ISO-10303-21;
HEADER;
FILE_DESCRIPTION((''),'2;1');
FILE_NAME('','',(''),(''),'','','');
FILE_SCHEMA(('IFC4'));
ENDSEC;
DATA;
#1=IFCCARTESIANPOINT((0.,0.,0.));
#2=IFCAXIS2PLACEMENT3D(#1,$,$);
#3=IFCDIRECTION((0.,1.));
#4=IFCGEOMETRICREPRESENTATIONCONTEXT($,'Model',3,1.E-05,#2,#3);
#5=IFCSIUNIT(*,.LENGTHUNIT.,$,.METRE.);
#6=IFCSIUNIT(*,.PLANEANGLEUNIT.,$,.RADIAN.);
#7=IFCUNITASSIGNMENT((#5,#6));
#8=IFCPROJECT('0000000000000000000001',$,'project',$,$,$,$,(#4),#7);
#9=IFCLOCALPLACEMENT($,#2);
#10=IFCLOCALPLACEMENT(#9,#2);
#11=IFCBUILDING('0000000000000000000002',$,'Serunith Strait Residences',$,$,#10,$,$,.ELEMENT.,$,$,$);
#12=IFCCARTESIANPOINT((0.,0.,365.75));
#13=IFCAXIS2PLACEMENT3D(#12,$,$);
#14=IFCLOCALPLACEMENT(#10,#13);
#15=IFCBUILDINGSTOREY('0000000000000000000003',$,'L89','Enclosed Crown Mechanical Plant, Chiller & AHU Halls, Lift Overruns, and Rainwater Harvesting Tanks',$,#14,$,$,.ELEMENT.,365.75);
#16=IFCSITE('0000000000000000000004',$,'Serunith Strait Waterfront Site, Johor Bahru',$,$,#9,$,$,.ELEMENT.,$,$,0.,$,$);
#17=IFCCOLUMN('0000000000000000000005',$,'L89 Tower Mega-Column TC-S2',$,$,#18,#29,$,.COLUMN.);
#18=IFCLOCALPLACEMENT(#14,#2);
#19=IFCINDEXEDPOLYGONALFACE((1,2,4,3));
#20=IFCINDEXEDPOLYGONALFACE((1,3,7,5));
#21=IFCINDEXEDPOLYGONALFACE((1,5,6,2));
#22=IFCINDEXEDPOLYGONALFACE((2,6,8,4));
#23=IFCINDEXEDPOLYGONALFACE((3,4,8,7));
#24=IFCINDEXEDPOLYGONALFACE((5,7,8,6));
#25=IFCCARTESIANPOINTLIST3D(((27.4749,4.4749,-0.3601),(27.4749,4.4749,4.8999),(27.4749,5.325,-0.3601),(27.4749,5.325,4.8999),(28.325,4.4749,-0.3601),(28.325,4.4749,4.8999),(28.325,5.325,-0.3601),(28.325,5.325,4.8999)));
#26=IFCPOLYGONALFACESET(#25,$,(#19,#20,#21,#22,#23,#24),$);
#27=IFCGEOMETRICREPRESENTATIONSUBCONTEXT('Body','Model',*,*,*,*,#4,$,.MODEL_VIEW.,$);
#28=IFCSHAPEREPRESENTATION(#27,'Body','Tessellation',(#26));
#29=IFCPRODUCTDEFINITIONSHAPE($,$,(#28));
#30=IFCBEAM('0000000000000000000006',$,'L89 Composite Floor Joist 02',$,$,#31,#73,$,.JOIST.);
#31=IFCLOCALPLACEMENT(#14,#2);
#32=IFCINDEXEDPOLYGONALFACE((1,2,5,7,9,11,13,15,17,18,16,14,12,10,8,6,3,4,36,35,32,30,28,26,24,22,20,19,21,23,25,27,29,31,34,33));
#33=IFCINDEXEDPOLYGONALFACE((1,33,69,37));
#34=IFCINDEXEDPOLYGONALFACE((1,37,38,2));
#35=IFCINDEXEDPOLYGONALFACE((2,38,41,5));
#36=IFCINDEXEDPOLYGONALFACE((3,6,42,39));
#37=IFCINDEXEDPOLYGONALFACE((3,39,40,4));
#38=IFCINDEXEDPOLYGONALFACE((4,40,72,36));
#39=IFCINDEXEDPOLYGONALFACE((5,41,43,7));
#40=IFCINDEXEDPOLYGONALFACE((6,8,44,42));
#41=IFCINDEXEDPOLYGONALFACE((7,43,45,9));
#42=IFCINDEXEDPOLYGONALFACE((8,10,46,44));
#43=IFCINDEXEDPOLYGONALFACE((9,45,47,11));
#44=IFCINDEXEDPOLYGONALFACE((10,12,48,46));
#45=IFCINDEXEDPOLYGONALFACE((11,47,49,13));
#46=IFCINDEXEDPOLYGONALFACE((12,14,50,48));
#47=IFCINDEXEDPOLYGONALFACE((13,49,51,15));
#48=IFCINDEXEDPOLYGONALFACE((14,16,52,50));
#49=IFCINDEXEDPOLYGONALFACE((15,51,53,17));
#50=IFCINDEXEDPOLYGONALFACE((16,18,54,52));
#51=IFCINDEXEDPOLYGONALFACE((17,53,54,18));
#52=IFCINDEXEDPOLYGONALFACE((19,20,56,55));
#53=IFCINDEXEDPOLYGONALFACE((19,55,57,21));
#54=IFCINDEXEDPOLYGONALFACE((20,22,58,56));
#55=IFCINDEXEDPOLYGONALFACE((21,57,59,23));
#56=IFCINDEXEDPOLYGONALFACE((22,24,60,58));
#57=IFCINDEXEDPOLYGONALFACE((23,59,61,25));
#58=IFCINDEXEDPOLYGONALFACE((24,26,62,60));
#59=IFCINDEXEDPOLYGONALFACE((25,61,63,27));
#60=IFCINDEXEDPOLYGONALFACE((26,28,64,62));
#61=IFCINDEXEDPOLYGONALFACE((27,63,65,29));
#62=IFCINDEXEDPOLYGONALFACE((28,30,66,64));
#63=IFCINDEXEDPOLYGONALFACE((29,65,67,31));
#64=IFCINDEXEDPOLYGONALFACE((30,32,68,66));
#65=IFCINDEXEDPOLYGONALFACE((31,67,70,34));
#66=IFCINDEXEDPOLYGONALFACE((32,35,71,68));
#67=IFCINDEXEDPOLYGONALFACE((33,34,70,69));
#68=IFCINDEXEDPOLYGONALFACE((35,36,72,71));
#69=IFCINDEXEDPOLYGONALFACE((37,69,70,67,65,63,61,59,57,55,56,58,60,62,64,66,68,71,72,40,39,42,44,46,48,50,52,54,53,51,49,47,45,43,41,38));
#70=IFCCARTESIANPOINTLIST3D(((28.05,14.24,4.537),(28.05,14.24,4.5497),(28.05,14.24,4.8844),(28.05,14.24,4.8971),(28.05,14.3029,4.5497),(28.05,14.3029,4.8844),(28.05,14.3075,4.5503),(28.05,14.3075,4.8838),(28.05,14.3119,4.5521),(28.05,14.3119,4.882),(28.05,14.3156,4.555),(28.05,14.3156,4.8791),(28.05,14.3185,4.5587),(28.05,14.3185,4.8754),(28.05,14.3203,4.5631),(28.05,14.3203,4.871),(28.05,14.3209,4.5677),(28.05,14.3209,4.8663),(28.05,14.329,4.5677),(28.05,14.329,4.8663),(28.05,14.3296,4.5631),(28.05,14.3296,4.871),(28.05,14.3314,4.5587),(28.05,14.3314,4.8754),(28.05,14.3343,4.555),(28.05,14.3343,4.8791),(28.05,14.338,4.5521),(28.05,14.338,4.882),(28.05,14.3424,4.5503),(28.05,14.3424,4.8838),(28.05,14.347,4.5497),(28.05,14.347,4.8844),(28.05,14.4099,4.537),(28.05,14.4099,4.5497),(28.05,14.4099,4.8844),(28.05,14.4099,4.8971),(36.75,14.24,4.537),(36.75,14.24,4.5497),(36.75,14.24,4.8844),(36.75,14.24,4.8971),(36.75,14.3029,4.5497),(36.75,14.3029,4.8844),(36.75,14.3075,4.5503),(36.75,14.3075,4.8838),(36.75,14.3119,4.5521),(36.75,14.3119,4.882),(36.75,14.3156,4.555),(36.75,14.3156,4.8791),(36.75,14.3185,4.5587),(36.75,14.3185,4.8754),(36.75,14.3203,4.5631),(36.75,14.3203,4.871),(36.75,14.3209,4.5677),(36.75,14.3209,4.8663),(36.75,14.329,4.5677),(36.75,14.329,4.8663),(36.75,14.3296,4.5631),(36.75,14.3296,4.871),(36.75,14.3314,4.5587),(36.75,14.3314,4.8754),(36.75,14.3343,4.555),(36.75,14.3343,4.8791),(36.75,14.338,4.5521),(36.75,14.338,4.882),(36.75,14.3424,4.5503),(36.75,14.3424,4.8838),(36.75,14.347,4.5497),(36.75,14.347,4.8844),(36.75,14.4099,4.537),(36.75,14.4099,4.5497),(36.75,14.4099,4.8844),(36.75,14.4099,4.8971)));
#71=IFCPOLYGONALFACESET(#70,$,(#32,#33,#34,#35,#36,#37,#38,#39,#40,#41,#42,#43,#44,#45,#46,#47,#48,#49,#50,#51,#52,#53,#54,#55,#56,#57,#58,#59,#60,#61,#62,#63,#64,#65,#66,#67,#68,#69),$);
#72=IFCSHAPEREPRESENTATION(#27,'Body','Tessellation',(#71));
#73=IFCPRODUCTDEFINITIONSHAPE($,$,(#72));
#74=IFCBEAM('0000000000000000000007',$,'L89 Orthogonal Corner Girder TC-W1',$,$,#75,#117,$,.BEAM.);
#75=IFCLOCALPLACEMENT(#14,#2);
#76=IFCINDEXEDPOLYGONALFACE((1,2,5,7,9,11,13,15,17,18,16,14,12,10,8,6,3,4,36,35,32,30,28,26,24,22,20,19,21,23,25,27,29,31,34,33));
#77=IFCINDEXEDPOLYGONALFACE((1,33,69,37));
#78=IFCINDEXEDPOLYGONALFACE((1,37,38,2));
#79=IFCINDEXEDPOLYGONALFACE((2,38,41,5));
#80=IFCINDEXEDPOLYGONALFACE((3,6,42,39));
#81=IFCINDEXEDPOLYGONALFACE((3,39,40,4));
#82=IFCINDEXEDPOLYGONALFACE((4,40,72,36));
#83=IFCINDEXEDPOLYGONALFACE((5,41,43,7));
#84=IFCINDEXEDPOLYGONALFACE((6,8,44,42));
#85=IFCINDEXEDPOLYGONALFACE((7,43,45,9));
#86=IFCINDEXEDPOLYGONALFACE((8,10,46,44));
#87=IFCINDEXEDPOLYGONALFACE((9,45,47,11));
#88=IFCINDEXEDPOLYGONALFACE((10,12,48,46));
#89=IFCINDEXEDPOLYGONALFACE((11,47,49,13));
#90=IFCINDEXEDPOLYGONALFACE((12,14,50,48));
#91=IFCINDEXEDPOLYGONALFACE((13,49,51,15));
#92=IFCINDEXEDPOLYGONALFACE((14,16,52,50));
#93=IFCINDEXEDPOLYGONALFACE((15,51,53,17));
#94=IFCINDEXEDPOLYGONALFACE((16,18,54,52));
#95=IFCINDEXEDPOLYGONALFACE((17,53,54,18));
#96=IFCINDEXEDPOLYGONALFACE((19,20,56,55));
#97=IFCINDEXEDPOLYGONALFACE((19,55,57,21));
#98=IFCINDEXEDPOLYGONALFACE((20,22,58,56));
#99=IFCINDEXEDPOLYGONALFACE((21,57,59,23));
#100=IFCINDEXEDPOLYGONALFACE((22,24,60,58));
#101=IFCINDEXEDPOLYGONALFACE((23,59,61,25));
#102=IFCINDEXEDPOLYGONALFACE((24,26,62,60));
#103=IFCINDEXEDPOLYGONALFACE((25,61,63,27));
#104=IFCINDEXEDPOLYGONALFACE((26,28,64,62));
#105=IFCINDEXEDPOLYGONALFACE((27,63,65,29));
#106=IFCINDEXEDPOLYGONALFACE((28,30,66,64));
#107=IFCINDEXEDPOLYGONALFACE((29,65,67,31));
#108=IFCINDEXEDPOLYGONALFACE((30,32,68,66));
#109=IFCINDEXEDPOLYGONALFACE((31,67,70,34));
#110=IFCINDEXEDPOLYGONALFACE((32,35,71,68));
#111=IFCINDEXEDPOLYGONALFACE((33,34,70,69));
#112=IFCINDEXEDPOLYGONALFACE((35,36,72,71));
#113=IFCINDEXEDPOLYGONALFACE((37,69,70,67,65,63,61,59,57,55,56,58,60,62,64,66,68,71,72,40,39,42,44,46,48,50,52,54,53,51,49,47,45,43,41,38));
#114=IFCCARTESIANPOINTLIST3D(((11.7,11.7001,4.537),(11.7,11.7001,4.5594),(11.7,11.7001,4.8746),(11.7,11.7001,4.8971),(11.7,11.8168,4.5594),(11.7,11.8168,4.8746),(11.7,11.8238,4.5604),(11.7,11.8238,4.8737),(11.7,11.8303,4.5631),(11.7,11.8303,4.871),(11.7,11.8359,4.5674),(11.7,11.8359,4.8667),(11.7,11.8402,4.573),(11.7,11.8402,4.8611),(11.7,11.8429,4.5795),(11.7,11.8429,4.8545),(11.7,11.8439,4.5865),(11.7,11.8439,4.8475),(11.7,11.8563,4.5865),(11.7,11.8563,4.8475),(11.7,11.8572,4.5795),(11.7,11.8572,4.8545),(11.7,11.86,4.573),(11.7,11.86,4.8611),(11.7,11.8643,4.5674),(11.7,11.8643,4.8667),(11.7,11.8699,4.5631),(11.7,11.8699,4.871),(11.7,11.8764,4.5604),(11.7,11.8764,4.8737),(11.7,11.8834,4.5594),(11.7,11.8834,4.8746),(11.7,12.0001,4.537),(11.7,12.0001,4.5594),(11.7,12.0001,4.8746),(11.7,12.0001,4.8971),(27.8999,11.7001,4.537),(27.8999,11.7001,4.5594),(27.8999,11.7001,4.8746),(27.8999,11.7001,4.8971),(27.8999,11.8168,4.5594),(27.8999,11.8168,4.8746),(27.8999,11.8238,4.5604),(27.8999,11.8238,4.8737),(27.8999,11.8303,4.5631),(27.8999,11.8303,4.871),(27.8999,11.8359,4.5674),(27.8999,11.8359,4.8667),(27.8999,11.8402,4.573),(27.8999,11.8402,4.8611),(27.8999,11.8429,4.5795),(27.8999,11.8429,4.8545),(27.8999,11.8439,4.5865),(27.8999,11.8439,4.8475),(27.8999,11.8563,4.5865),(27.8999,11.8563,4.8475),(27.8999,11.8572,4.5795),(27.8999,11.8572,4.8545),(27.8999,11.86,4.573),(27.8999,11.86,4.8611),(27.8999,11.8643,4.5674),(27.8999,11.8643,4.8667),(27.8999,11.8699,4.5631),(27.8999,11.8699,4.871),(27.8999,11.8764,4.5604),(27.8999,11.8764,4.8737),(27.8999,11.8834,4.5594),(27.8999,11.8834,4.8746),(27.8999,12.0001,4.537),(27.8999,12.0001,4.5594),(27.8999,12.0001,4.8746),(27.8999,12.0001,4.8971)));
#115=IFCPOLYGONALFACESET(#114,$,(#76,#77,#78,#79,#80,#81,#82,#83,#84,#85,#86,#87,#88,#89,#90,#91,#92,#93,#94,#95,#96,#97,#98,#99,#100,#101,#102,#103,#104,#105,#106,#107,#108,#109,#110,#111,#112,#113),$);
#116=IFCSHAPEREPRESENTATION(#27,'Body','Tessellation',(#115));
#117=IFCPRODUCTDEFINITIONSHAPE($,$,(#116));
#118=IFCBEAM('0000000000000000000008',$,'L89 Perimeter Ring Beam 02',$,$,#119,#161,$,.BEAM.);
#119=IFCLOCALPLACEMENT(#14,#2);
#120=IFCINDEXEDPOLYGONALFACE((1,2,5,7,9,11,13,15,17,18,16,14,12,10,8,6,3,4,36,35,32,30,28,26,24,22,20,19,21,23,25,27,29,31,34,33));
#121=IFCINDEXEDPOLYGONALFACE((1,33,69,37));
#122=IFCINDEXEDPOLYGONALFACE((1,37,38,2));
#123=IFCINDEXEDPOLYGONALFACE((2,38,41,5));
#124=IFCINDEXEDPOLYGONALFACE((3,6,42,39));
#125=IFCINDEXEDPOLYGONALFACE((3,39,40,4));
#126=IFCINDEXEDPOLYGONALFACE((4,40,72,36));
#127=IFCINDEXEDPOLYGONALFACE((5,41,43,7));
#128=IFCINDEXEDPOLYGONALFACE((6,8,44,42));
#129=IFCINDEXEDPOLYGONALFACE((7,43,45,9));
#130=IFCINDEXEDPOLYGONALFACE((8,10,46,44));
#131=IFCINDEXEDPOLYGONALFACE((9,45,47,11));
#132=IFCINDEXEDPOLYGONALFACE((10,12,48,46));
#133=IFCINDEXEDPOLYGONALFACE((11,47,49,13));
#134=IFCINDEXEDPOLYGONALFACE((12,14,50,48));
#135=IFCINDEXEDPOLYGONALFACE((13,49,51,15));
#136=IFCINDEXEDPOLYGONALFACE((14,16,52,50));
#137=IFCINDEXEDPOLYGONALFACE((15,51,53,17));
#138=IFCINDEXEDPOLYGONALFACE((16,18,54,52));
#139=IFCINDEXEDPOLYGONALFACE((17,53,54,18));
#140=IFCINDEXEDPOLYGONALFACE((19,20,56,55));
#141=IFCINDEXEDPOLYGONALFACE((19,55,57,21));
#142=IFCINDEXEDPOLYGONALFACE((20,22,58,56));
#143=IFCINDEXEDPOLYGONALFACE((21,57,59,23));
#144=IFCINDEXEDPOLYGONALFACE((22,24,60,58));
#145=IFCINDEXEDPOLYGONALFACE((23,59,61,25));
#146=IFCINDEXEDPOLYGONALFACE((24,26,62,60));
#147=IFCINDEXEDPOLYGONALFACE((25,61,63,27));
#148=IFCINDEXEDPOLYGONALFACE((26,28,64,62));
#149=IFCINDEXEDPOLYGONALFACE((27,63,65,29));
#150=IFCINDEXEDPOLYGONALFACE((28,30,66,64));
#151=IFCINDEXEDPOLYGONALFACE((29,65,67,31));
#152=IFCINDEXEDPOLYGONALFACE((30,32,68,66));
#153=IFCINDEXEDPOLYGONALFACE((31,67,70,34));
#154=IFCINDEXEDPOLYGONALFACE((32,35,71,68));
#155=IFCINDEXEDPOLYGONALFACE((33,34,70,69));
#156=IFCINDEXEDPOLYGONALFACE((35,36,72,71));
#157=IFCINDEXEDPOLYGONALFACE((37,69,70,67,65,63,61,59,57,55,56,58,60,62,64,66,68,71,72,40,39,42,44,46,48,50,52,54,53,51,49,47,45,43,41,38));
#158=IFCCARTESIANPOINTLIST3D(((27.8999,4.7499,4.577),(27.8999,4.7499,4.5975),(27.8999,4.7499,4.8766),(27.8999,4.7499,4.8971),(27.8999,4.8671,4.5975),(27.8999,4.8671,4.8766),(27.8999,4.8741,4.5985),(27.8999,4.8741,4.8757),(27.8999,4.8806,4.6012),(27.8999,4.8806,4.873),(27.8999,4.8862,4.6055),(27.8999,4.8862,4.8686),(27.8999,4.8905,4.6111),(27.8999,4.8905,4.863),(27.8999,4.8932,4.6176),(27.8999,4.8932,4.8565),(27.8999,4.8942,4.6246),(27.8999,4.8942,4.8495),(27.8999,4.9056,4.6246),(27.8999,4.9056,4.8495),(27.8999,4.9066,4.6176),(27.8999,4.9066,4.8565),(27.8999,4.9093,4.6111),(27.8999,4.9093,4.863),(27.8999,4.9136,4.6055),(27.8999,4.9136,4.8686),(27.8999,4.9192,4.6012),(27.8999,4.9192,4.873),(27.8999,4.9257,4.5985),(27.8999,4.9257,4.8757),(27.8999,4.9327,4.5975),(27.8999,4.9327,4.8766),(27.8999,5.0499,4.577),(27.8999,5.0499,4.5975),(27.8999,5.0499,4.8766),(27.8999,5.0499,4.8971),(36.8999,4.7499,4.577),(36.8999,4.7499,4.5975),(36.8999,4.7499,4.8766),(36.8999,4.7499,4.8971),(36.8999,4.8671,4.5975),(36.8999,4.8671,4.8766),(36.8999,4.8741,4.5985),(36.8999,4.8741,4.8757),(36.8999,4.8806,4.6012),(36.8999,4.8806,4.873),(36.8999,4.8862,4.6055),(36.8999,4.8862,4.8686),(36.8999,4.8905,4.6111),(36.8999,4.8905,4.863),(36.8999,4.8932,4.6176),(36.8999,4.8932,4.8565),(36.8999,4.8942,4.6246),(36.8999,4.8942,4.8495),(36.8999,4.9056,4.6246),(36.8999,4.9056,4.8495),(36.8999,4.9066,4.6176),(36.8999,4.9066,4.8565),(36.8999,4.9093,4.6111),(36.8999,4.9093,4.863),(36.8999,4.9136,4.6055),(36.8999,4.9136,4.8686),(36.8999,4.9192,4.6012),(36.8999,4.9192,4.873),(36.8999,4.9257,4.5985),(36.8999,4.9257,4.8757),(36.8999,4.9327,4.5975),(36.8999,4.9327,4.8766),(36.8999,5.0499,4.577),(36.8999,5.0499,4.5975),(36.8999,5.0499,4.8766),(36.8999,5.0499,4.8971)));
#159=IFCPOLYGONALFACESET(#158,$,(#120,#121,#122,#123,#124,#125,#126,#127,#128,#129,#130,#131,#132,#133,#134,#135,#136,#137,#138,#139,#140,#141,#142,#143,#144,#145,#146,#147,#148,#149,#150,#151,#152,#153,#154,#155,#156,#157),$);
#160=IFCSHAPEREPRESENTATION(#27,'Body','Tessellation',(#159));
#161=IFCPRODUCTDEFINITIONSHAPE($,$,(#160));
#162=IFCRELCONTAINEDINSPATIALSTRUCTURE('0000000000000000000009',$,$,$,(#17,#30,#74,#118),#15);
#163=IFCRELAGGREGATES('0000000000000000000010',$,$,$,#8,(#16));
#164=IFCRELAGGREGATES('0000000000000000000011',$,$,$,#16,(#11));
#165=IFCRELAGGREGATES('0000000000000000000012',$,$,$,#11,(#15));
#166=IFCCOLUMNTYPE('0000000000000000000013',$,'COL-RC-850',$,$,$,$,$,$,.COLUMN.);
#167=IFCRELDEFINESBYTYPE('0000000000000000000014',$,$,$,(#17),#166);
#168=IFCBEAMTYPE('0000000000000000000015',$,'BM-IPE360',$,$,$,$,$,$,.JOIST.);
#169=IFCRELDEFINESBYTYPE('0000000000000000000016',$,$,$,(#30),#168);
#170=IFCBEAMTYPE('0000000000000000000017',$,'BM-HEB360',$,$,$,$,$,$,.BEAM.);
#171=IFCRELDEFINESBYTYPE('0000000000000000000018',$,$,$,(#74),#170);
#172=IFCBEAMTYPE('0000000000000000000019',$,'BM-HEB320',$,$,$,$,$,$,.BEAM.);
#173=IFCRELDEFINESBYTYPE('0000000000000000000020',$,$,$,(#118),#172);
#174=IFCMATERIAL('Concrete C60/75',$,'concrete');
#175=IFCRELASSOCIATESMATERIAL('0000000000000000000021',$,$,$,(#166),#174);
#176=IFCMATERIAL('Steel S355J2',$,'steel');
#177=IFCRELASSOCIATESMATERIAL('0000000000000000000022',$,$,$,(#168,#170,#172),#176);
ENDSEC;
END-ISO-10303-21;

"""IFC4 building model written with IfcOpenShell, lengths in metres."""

from ifc_helpers import new_model, si_unit, direction, frame, origin, origin_2d, place, context, subcontext, project, spatial, rectangle, i_section, extrude, source, transform, mapped, material, material_profile, profile_set, type_object, element, save


model = new_model("IFC4")

# Units and contexts
model_context = context("Model", 3, precision=1e-05, world=origin(), true_north=direction((0.0, 1.0)))
body_context = subcontext(model_context, "Body", "Model", "MODEL_VIEW")
ifc_project = project(units=[si_unit("LENGTHUNIT", "METRE"), si_unit("PLANEANGLEUNIT", "RADIAN")], contexts=[model_context])

# Site, building, storey
site_placement = place(None, origin())
site = spatial("IfcSite", under=ifc_project, at=site_placement, Name="Serunith Strait Waterfront Site, Johor Bahru", CompositionType="ELEMENT", RefElevation=0.0)
building_placement = place(site_placement, origin())
building = spatial("IfcBuilding", under=site, at=building_placement, Name="Serunith Strait Residences", CompositionType="ELEMENT")
storey_placement = place(building_placement, frame((0.0, 0.0, 365.75)))
storey = spatial("IfcBuildingStorey", under=building, at=storey_placement, Name="L89", Description="Enclosed Crown Mechanical Plant, Chiller & AHU Halls, Lift Overruns, and Rainwater Harvesting Tanks", CompositionType="ELEMENT", Elevation=365.75)

# Column
ifc_material_1 = material(Name="Concrete C60/75", Category="concrete")
ifc_material_profile_1 = material_profile(ifc_material_1, rectangle(XDim=0.8501, YDim=0.8501, at=origin_2d()), Name="RC 850x850")
ifc_profile_set_1 = profile_set([ifc_material_profile_1], Name="Concrete C60/75")
column_type = type_object("IfcColumnType", Name="COL-RC-850", PredefinedType="COLUMN", material=ifc_profile_set_1)
shared_shape_1 = source(origin(), body_context, "Body", "SweptSolid", [
    extrude(rectangle(XDim=0.8501, YDim=0.8501, at=origin_2d()), origin(), (0.0, 0.0, 1.0), 5.26),
])
column_placement = place(storey_placement, frame((27.8999, 4.8999, -0.3601), z_axis=(0.0, 0.0, 1.0), x_axis=(1.0, 0.0, 0.0)))
element("IfcColumn", 1, at=column_placement, inside=storey, type_object=column_type, Name="L89 Tower Mega-Column TC-S2", PredefinedType="COLUMN", context=body_context, shape_type="MappedRepresentation", body=[
    mapped(shared_shape_1, transform((0.0, 0.0, 0.0), scale=1.0)),
])

# Beams
ifc_material_2 = material(Name="Steel S355J2", Category="steel")
ifc_material_profile_2 = material_profile(ifc_material_2, i_section(OverallWidth=0.1699, OverallDepth=0.3601, WebThickness=0.0081, FlangeThickness=0.0127, FilletRadius=0.0181, at=origin_2d()), Name="IPE 360")
ifc_profile_set_2 = profile_set([ifc_material_profile_2], Name="Steel S355J2")
beam_type_1 = type_object("IfcBeamType", Name="BM-IPE360", PredefinedType="JOIST", material=ifc_profile_set_2)
shared_shape_2 = source(origin(), body_context, "Body", "SweptSolid", [
    extrude(i_section(OverallWidth=0.1699, OverallDepth=0.3601, WebThickness=0.0081, FlangeThickness=0.0127, FilletRadius=0.0181, at=origin_2d()), origin(), (0.0, 0.0, 1.0), 8.7),
])
beam_1_placement = place(storey_placement, frame((28.05, 14.325, 4.717), z_axis=(1.0, 0.0, 0.0), x_axis=(0.0, 1.0, 0.0)))
element("IfcBeam", 2, at=beam_1_placement, inside=storey, type_object=beam_type_1, Name="L89 Composite Floor Joist 02", PredefinedType="JOIST", context=body_context, shape_type="MappedRepresentation", body=[
    mapped(shared_shape_2, transform((0.0, 0.0, 0.0), scale=1.0)),
])
ifc_material_profile_3 = material_profile(ifc_material_2, i_section(OverallWidth=0.3, OverallDepth=0.3601, WebThickness=0.0125, FlangeThickness=0.0225, FilletRadius=0.0271, at=origin_2d()), Name="HEB 360")
ifc_profile_set_3 = profile_set([ifc_material_profile_3], Name="Steel S355J2")
beam_type_2 = type_object("IfcBeamType", Name="BM-HEB360", PredefinedType="BEAM", material=ifc_profile_set_3)
shared_shape_3 = source(origin(), body_context, "Body", "SweptSolid", [
    extrude(i_section(OverallWidth=0.3, OverallDepth=0.3601, WebThickness=0.0125, FlangeThickness=0.0225, FilletRadius=0.0271, at=origin_2d()), origin(), (0.0, 0.0, 1.0), 16.2),
])
beam_2_placement = place(storey_placement, frame((27.8999, 11.8501, 4.717), z_axis=(-1.0, 0.0, 0.0), x_axis=(0.0, -1.0, 0.0)))
element("IfcBeam", 3, at=beam_2_placement, inside=storey, type_object=beam_type_2, Name="L89 Orthogonal Corner Girder TC-W1", PredefinedType="BEAM", context=body_context, shape_type="MappedRepresentation", body=[
    mapped(shared_shape_3, transform((0.0, 0.0, 0.0), scale=1.0)),
])
ifc_material_profile_4 = material_profile(ifc_material_2, i_section(OverallWidth=0.3, OverallDepth=0.3201, WebThickness=0.0115, FlangeThickness=0.0205, FilletRadius=0.0271, at=origin_2d()), Name="HEB 320")
ifc_profile_set_4 = profile_set([ifc_material_profile_4], Name="Steel S355J2")
beam_type_3 = type_object("IfcBeamType", Name="BM-HEB320", PredefinedType="BEAM", material=ifc_profile_set_4)
shared_shape_4 = source(origin(), body_context, "Body", "SweptSolid", [
    extrude(i_section(OverallWidth=0.3, OverallDepth=0.3201, WebThickness=0.0115, FlangeThickness=0.0205, FilletRadius=0.0271, at=origin_2d()), origin(), (0.0, 0.0, 1.0), 9.0),
])
beam_3_placement = place(storey_placement, frame((27.8999, 4.8999, 4.7371), z_axis=(1.0, 0.0, 0.0), x_axis=(0.0, 1.0, 0.0)))
element("IfcBeam", 4, at=beam_3_placement, inside=storey, type_object=beam_type_3, Name="L89 Perimeter Ring Beam 02", PredefinedType="BEAM", context=body_context, shape_type="MappedRepresentation", body=[
    mapped(shared_shape_4, transform((0.0, 0.0, 0.0), scale=1.0)),
])

save(model, "model.ifc")
